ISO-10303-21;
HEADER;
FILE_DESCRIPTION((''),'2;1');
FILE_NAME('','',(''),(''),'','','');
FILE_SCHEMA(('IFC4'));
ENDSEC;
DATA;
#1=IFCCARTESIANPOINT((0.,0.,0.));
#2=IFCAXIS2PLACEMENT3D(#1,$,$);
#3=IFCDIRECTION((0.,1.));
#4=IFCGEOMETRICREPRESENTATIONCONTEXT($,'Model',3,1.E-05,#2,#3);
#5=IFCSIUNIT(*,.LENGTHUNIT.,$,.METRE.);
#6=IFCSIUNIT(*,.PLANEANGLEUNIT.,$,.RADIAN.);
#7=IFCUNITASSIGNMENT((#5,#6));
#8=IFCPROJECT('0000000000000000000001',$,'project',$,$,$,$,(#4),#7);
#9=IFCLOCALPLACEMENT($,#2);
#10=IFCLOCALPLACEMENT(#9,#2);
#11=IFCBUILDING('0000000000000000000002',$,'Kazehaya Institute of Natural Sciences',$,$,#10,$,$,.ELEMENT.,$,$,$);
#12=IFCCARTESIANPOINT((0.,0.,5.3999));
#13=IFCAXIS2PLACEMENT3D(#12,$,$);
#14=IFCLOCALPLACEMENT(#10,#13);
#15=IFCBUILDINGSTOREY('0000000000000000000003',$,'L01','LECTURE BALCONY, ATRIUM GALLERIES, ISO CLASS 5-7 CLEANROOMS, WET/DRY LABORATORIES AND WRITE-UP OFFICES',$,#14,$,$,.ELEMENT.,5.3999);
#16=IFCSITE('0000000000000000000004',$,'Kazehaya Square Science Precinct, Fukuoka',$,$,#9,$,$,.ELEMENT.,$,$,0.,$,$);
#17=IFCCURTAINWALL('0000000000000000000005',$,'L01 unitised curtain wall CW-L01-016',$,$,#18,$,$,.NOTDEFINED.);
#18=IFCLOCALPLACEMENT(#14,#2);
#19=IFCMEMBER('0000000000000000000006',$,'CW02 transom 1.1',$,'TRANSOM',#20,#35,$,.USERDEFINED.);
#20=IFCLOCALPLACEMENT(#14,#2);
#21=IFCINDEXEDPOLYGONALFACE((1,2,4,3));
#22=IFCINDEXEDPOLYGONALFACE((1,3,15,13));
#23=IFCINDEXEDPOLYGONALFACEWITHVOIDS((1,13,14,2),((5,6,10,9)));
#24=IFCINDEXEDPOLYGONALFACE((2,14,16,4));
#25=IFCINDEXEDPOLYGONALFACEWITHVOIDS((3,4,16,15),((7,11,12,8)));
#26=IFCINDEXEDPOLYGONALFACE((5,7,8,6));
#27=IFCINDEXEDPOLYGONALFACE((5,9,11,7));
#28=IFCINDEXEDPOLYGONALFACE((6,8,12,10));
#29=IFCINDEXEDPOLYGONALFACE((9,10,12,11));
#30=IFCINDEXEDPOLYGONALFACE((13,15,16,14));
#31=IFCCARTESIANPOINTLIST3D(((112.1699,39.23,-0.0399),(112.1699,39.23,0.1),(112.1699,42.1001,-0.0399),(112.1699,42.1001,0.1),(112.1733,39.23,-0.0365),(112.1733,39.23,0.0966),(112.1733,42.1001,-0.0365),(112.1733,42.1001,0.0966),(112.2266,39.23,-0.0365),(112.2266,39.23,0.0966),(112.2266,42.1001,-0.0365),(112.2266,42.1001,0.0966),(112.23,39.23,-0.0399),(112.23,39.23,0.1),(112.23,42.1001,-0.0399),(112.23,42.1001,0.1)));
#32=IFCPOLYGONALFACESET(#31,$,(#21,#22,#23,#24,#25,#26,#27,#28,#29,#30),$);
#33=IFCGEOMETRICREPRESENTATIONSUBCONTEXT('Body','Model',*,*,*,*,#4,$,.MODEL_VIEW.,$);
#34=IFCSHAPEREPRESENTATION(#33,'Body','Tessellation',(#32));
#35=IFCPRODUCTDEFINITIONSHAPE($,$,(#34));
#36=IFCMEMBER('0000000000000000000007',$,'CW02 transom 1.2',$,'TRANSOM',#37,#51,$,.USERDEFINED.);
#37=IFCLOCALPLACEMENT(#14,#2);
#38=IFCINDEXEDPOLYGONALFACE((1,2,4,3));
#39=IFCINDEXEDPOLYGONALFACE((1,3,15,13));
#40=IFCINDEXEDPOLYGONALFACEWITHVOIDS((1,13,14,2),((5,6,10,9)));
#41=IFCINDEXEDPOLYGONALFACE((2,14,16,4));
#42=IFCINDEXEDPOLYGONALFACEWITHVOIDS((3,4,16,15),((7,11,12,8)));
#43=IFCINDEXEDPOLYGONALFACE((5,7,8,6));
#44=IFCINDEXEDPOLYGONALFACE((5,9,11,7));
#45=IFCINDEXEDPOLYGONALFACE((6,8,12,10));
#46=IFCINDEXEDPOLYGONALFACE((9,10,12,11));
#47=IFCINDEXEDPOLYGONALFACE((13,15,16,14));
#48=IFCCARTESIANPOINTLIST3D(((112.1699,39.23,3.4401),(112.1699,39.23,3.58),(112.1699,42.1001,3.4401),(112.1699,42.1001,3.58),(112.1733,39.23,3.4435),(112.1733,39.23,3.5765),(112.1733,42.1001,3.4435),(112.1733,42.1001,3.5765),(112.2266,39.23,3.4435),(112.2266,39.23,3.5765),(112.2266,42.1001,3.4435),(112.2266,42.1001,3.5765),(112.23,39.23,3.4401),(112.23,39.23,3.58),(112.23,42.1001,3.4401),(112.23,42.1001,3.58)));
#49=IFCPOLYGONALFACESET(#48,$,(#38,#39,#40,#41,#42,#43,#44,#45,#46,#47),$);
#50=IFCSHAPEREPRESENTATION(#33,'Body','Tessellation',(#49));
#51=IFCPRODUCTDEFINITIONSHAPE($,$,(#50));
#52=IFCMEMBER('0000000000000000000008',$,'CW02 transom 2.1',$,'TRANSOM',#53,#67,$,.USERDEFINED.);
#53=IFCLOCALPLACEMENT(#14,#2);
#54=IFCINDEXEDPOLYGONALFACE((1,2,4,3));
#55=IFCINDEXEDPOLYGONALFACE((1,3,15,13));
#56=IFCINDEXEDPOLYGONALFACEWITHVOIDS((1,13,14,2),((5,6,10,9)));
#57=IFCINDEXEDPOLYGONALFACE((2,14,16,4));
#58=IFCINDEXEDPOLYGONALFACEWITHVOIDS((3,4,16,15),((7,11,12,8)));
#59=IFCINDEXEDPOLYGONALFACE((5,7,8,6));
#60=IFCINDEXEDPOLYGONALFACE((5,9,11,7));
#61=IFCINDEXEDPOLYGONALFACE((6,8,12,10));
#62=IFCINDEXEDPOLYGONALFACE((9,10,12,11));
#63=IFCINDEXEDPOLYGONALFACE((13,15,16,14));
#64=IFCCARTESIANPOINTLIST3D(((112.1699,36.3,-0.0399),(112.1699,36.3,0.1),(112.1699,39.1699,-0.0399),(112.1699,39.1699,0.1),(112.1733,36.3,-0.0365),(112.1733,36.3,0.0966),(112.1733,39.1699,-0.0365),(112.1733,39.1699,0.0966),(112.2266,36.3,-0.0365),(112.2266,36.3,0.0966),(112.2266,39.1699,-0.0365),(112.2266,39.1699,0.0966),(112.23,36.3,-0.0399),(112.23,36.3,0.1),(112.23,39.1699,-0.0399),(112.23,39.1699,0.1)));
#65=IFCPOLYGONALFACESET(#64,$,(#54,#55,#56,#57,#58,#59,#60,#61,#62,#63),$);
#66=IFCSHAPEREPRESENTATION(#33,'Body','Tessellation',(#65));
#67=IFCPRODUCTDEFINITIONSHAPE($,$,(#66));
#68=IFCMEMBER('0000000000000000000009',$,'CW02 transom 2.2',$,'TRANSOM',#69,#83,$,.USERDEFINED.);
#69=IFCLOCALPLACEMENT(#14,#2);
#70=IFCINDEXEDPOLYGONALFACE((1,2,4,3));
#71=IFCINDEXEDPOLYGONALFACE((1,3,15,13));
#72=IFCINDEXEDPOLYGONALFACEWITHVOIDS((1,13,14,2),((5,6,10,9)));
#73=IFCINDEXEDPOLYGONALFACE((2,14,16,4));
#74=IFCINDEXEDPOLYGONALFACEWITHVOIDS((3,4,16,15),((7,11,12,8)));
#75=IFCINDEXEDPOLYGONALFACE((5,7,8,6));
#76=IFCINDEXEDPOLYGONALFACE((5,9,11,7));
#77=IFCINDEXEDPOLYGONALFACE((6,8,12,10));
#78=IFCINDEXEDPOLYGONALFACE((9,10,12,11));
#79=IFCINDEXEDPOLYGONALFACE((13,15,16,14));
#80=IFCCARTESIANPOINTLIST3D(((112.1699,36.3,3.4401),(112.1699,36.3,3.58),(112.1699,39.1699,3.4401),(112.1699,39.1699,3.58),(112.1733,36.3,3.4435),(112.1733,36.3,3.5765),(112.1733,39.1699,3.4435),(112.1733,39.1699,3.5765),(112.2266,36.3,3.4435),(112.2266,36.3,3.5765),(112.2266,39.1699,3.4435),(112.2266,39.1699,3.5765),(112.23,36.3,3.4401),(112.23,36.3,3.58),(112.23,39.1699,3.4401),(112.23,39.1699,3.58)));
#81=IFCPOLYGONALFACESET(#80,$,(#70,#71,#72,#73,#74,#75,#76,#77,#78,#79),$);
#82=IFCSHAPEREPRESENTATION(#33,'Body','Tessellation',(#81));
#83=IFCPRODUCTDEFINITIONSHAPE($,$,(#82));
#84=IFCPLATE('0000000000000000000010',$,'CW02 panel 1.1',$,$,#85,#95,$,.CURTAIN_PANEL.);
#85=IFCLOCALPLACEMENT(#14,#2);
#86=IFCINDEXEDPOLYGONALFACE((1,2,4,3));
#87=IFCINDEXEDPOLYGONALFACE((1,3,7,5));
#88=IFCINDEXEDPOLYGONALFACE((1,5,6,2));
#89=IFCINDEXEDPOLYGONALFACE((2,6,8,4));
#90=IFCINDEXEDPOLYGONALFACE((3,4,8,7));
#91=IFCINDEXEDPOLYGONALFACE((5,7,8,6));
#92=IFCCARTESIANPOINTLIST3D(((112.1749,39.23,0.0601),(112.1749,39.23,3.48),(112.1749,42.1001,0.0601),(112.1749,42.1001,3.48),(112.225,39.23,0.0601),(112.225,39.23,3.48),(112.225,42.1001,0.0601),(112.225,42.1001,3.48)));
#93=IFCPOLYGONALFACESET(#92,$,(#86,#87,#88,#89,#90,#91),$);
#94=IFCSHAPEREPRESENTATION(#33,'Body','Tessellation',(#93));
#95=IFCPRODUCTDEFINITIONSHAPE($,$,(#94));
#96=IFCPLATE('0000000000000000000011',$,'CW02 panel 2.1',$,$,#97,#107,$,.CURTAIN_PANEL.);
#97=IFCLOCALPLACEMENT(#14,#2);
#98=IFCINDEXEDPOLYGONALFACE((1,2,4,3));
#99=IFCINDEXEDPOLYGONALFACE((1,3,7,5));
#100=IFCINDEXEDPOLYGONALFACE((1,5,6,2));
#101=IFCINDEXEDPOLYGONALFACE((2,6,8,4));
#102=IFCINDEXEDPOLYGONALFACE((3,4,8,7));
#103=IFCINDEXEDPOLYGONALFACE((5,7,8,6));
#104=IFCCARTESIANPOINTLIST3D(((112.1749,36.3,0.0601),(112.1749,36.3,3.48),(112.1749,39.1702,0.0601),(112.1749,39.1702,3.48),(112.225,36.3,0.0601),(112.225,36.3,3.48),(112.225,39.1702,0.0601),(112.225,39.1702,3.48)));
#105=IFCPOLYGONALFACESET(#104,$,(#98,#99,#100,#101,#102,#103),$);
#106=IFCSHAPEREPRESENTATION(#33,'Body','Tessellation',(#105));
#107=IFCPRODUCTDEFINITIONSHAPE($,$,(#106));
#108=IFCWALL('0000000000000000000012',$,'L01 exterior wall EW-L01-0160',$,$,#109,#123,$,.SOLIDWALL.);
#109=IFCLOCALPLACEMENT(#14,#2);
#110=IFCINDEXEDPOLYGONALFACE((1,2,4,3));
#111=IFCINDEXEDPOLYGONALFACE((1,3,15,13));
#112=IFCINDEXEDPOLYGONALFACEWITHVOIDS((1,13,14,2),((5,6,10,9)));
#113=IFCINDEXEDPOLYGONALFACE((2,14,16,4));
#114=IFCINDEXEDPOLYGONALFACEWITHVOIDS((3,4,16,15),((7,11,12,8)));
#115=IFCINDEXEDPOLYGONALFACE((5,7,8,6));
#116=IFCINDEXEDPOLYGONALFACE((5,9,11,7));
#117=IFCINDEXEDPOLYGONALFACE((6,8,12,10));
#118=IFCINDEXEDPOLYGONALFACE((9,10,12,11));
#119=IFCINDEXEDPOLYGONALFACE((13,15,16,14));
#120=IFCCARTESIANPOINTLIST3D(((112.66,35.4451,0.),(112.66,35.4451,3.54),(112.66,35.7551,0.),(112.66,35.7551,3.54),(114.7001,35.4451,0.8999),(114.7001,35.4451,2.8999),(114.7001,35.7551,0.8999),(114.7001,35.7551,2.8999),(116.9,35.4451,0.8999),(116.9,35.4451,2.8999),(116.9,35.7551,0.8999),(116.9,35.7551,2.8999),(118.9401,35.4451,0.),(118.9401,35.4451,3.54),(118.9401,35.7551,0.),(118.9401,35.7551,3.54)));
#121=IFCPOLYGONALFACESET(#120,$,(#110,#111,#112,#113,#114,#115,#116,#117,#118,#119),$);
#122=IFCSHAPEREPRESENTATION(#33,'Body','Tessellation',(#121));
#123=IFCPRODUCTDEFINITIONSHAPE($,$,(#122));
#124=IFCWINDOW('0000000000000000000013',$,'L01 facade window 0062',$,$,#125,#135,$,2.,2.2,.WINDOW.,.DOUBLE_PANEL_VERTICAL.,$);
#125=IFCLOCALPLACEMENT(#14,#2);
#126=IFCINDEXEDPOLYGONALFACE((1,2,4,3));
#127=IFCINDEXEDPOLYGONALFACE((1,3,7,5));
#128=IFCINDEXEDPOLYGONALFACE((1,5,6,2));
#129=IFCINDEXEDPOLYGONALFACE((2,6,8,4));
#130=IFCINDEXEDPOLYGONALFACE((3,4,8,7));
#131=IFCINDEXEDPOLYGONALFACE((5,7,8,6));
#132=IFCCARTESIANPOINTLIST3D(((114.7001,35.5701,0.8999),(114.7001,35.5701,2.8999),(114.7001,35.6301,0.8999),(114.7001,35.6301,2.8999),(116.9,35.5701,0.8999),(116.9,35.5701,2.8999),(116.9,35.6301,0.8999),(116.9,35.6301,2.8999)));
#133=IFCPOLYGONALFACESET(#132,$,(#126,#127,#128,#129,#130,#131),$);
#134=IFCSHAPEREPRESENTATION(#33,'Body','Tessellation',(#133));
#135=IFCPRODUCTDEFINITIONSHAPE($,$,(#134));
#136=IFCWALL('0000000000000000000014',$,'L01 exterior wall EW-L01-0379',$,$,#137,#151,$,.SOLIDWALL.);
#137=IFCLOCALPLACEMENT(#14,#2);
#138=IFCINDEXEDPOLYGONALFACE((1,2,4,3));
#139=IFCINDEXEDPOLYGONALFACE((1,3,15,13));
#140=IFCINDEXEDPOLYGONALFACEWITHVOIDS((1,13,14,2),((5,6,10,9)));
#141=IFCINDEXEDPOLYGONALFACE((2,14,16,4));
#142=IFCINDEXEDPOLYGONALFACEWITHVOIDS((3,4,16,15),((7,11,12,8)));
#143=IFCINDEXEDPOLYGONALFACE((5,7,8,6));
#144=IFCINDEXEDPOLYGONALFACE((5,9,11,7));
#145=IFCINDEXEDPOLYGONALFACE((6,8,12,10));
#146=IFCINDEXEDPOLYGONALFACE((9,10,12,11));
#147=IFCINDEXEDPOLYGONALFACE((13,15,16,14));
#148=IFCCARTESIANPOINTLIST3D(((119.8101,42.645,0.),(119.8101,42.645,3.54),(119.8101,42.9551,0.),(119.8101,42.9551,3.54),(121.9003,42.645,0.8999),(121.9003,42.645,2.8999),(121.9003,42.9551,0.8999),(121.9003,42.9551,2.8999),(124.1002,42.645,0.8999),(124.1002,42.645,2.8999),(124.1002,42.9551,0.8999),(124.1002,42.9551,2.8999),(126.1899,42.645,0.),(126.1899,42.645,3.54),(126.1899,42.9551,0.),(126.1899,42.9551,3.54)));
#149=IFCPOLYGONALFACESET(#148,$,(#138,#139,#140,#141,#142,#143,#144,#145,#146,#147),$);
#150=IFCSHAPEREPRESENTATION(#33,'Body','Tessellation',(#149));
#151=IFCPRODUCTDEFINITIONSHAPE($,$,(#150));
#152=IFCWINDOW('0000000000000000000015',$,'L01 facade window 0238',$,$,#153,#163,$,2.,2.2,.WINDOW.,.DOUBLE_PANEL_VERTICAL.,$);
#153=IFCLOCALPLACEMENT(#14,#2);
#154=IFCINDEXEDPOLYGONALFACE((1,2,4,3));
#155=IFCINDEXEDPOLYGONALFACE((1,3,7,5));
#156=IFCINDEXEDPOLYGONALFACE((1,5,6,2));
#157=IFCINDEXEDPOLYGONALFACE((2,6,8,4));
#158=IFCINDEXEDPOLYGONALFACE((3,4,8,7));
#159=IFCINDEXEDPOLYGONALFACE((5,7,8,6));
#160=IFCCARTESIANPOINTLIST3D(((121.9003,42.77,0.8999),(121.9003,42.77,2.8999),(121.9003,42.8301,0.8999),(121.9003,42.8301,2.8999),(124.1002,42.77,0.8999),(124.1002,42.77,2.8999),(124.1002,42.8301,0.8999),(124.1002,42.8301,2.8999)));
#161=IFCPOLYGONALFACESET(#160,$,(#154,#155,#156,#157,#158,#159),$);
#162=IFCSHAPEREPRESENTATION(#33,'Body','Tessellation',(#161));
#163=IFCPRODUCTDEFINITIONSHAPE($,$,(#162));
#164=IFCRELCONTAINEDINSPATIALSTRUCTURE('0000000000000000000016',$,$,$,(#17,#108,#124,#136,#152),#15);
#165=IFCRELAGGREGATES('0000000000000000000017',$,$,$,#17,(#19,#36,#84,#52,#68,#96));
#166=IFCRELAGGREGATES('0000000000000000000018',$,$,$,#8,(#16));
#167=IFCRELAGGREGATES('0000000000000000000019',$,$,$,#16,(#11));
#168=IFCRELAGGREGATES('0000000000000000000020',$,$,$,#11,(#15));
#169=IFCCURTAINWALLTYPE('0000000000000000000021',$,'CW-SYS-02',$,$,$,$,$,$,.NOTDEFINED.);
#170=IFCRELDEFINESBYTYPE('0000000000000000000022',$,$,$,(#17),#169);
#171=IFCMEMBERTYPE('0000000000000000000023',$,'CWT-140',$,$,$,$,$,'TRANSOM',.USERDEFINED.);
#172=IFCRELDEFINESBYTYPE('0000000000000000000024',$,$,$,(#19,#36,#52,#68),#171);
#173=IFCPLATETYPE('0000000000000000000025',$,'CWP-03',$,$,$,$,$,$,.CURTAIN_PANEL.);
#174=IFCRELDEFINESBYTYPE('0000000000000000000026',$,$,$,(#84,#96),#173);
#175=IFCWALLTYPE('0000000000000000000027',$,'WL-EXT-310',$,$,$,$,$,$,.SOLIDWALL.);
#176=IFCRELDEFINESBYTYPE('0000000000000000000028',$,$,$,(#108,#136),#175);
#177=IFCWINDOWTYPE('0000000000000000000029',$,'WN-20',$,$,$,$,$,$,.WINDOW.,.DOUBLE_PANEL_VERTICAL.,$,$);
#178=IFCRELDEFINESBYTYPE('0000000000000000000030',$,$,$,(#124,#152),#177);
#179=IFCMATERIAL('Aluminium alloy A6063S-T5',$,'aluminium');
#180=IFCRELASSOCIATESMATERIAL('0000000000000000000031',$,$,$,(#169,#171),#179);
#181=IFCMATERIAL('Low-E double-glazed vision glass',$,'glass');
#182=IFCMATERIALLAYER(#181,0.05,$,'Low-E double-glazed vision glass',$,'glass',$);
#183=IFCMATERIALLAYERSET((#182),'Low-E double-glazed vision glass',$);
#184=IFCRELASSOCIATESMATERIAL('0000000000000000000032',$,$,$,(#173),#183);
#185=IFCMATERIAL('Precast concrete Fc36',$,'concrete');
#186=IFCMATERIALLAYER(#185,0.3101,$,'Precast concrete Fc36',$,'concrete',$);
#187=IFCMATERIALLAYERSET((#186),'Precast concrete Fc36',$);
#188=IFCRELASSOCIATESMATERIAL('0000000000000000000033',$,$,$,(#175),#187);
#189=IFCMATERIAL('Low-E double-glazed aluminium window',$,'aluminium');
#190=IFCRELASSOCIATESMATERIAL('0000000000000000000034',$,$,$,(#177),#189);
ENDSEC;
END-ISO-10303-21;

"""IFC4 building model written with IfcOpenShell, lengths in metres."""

from ifc_helpers import new_model, si_unit, direction, frame, frame_2d, origin, origin_2d, place, context, subcontext, project, spatial, rectangle, hollow_rectangle, extrude, material, layer, layer_set, material_profile, profile_set, type_object, element, fill, aggregate, save


model = new_model("IFC4")

# Units and contexts
model_context = context("Model", 3, precision=1e-05, world=origin(), true_north=direction((0.0, 1.0)))
body_context = subcontext(model_context, "Body", "Model", "MODEL_VIEW")
ifc_project = project(units=[si_unit("LENGTHUNIT", "METRE"), si_unit("PLANEANGLEUNIT", "RADIAN")], contexts=[model_context])

# Site, building, storey
site_placement = place(None, origin())
site = spatial("IfcSite", under=ifc_project, at=site_placement, Name="Kazehaya Square Science Precinct, Fukuoka", CompositionType="ELEMENT", RefElevation=0.0)
building_placement = place(site_placement, origin())
building = spatial("IfcBuilding", under=site, at=building_placement, Name="Kazehaya Institute of Natural Sciences", CompositionType="ELEMENT")
storey_placement = place(building_placement, frame((0.0, 0.0, 5.3999)))
storey = spatial("IfcBuildingStorey", under=building, at=storey_placement, Name="L01", Description="LECTURE BALCONY, ATRIUM GALLERIES, ISO CLASS 5-7 CLEANROOMS, WET/DRY LABORATORIES AND WRITE-UP OFFICES", CompositionType="ELEMENT", Elevation=5.3999)

# Curtain wall, members, plates
ifc_material_1 = material(Name="Aluminium alloy A6063S-T5", Category="aluminium")
curtain_wall_type = type_object("IfcCurtainWallType", Name="CW-SYS-02", PredefinedType="NOTDEFINED", material=ifc_material_1)
curtain_wall_placement = place(storey_placement, origin())
curtain_wall = element("IfcCurtainWall", 1, at=curtain_wall_placement, inside=storey, type_object=curtain_wall_type, Name="L01 unitised curtain wall CW-L01-016", PredefinedType="NOTDEFINED")
ifc_material_profile_1 = material_profile(ifc_material_1, hollow_rectangle(XDim=0.0601, YDim=0.1399, WallThickness=0.0034, at=origin_2d()), Name="ALU-60x140x3.5")
ifc_profile_set_1 = profile_set([ifc_material_profile_1], Name="Aluminium alloy A6063S-T5")
member_type_1 = type_object("IfcMemberType", Name="CWT-140", ElementType="TRANSOM", PredefinedType="USERDEFINED", material=ifc_profile_set_1)
member_1_placement = place(storey_placement, frame((112.2, 42.1001, 0.03), z_axis=(0.0, -1.0, 0.0), x_axis=(1.0, 0.0, 0.0)))
member_1 = element("IfcMember", 2, at=member_1_placement, type_object=member_type_1, Name="CW02 transom 1.1", ObjectType="TRANSOM", PredefinedType="USERDEFINED", context=body_context, shape_type="SweptSolid", body=[
    extrude(hollow_rectangle(XDim=0.0601, YDim=0.1399, WallThickness=0.0034, at=origin_2d()), origin(), (0.0, 0.0, 1.0), 2.8701),
])
member_2_placement = place(storey_placement, frame((112.2, 42.1001, 3.51), z_axis=(0.0, -1.0, 0.0), x_axis=(1.0, 0.0, 0.0)))
member_2 = element("IfcMember", 3, at=member_2_placement, type_object=member_type_1, Name="CW02 transom 1.2", ObjectType="TRANSOM", PredefinedType="USERDEFINED", context=body_context, shape_type="SweptSolid", body=[
    extrude(hollow_rectangle(XDim=0.0601, YDim=0.1399, WallThickness=0.0034, at=origin_2d()), origin(), (0.0, 0.0, 1.0), 2.8701),
])
member_3_placement = place(storey_placement, frame((112.2, 39.1699, 0.03), z_axis=(0.0, -1.0, 0.0), x_axis=(1.0, 0.0, 0.0)))
member_3 = element("IfcMember", 4, at=member_3_placement, type_object=member_type_1, Name="CW02 transom 2.1", ObjectType="TRANSOM", PredefinedType="USERDEFINED", context=body_context, shape_type="SweptSolid", body=[
    extrude(hollow_rectangle(XDim=0.0601, YDim=0.1399, WallThickness=0.0034, at=origin_2d()), origin(), (0.0, 0.0, 1.0), 2.8699),
])
member_4_placement = place(storey_placement, frame((112.2, 39.1699, 3.51), z_axis=(0.0, -1.0, 0.0), x_axis=(1.0, 0.0, 0.0)))
member_4 = element("IfcMember", 5, at=member_4_placement, type_object=member_type_1, Name="CW02 transom 2.2", ObjectType="TRANSOM", PredefinedType="USERDEFINED", context=body_context, shape_type="SweptSolid", body=[
    extrude(hollow_rectangle(XDim=0.0601, YDim=0.1399, WallThickness=0.0034, at=origin_2d()), origin(), (0.0, 0.0, 1.0), 2.8699),
])
ifc_material_2 = material(Name="Low-E double-glazed vision glass", Category="glass")
ifc_layer_1 = layer(ifc_material_2, 0.05, Name="Low-E double-glazed vision glass", Category="glass")
ifc_layer_set_1 = layer_set([ifc_layer_1], Name="Low-E double-glazed vision glass")
plate_type = type_object("IfcPlateType", Name="CWP-03", PredefinedType="CURTAIN_PANEL", material=ifc_layer_set_1)
plate_1_placement = place(storey_placement, frame((112.2, 40.665, 0.0601), z_axis=(0.0, 0.0, 1.0), x_axis=(0.0, -1.0, 0.0)))
plate_1 = element("IfcPlate", 6, at=plate_1_placement, type_object=plate_type, Name="CW02 panel 1.1", PredefinedType="CURTAIN_PANEL", context=body_context, shape_type="SweptSolid", body=[
    extrude(rectangle(XDim=2.8701, YDim=0.05, at=origin_2d()), origin(), (0.0, 0.0, 1.0), 3.4199),
])
plate_2_placement = place(storey_placement, frame((112.2, 37.7351, 0.0601), z_axis=(0.0, 0.0, 1.0), x_axis=(0.0, -1.0, 0.0)))
plate_2 = element("IfcPlate", 7, at=plate_2_placement, type_object=plate_type, Name="CW02 panel 2.1", PredefinedType="CURTAIN_PANEL", context=body_context, shape_type="SweptSolid", body=[
    extrude(rectangle(XDim=2.8701, YDim=0.05, at=origin_2d()), origin(), (0.0, 0.0, 1.0), 3.4199),
])
aggregate(curtain_wall, [member_1, member_2, plate_1, member_3, member_4, plate_2])

# Walls, openings, windows
ifc_material_3 = material(Name="Precast concrete Fc36", Category="concrete")
ifc_layer_2 = layer(ifc_material_3, 0.3101, Name="Precast concrete Fc36", Category="concrete")
ifc_layer_set_2 = layer_set([ifc_layer_2], Name="Precast concrete Fc36")
wall_type_1 = type_object("IfcWallType", Name="WL-EXT-310", PredefinedType="SOLIDWALL", material=ifc_layer_set_2)
wall_1_placement = place(storey_placement, frame((112.6599, 35.6001, 0.0), z_axis=(0.0, 0.0, 1.0), x_axis=(1.0, 0.0, 0.0)))
wall_1 = element("IfcWall", 8, at=wall_1_placement, inside=storey, type_object=wall_type_1, Name="L01 exterior wall EW-L01-0160", PredefinedType="SOLIDWALL", context=body_context, shape_type="SweptSolid", body=[
    extrude(rectangle(XDim=6.28, YDim=0.3101, at=frame_2d((3.1401, 0.0))), origin(), (0.0, 0.0, 1.0), 3.54),
])
opening_1_placement = place(wall_1_placement, frame((2.04, 0.0, 0.8999)))
opening_1 = element("IfcOpeningElement", 9, at=opening_1_placement, cuts=wall_1, PredefinedType="OPENING", context=body_context, shape_type="SweptSolid", body=[
    extrude(rectangle(XDim=2.2, YDim=2.0, at=frame_2d((1.1001, 1.0))), frame((0.0, 0.165, 0.0), z_axis=(0.0, -1.0, 0.0), x_axis=(1.0, 0.0, 0.0)), (0.0, 0.0, 1.0), 0.3301),
])
ifc_material_4 = material(Name="Low-E double-glazed aluminium window", Category="aluminium")
window_type = type_object("IfcWindowType", Name="WN-20", PartitioningType="DOUBLE_PANEL_VERTICAL", PredefinedType="WINDOW", material=ifc_material_4)
window_1_placement = place(opening_1_placement, origin())
window_1 = element("IfcWindow", 10, at=window_1_placement, inside=storey, type_object=window_type, Name="L01 facade window 0062", OverallHeight=2.0, OverallWidth=2.2, PartitioningType="DOUBLE_PANEL_VERTICAL", PredefinedType="WINDOW", context=body_context, shape_type="SweptSolid", body=[
    extrude(rectangle(XDim=2.2, YDim=2.0, at=frame_2d((1.1001, 1.0))), frame((0.0, 0.03, 0.0), z_axis=(0.0, -1.0, 0.0), x_axis=(1.0, 0.0, 0.0)), (0.0, 0.0, 1.0), 0.0601),
])
fill(opening_1, window_1)
wall_2_placement = place(storey_placement, frame((119.8101, 42.8, 0.0), z_axis=(0.0, 0.0, 1.0), x_axis=(1.0, 0.0, 0.0)))
wall_2 = element("IfcWall", 11, at=wall_2_placement, inside=storey, type_object=wall_type_1, Name="L01 exterior wall EW-L01-0379", PredefinedType="SOLIDWALL", context=body_context, shape_type="SweptSolid", body=[
    extrude(rectangle(XDim=6.3799, YDim=0.3101, at=frame_2d((3.1899, 0.0))), origin(), (0.0, 0.0, 1.0), 3.54),
])
opening_2_placement = place(wall_2_placement, frame((2.0901, 0.0, 0.8999)))
opening_2 = element("IfcOpeningElement", 12, at=opening_2_placement, cuts=wall_2, PredefinedType="OPENING", context=body_context, shape_type="SweptSolid", body=[
    extrude(rectangle(XDim=2.2, YDim=2.0, at=frame_2d((1.1001, 1.0))), frame((0.0, 0.165, 0.0), z_axis=(0.0, -1.0, 0.0), x_axis=(1.0, 0.0, 0.0)), (0.0, 0.0, 1.0), 0.3301),
])
window_2_placement = place(opening_2_placement, origin())
window_2 = element("IfcWindow", 13, at=window_2_placement, inside=storey, type_object=window_type, Name="L01 facade window 0238", OverallHeight=2.0, OverallWidth=2.2, PartitioningType="DOUBLE_PANEL_VERTICAL", PredefinedType="WINDOW", context=body_context, shape_type="SweptSolid", body=[
    extrude(rectangle(XDim=2.2, YDim=2.0, at=frame_2d((1.1001, 1.0))), frame((0.0, 0.03, 0.0), z_axis=(0.0, -1.0, 0.0), x_axis=(1.0, 0.0, 0.0)), (0.0, 0.0, 1.0), 0.0601),
])
fill(opening_2, window_2)

save(model, "model.ifc")
